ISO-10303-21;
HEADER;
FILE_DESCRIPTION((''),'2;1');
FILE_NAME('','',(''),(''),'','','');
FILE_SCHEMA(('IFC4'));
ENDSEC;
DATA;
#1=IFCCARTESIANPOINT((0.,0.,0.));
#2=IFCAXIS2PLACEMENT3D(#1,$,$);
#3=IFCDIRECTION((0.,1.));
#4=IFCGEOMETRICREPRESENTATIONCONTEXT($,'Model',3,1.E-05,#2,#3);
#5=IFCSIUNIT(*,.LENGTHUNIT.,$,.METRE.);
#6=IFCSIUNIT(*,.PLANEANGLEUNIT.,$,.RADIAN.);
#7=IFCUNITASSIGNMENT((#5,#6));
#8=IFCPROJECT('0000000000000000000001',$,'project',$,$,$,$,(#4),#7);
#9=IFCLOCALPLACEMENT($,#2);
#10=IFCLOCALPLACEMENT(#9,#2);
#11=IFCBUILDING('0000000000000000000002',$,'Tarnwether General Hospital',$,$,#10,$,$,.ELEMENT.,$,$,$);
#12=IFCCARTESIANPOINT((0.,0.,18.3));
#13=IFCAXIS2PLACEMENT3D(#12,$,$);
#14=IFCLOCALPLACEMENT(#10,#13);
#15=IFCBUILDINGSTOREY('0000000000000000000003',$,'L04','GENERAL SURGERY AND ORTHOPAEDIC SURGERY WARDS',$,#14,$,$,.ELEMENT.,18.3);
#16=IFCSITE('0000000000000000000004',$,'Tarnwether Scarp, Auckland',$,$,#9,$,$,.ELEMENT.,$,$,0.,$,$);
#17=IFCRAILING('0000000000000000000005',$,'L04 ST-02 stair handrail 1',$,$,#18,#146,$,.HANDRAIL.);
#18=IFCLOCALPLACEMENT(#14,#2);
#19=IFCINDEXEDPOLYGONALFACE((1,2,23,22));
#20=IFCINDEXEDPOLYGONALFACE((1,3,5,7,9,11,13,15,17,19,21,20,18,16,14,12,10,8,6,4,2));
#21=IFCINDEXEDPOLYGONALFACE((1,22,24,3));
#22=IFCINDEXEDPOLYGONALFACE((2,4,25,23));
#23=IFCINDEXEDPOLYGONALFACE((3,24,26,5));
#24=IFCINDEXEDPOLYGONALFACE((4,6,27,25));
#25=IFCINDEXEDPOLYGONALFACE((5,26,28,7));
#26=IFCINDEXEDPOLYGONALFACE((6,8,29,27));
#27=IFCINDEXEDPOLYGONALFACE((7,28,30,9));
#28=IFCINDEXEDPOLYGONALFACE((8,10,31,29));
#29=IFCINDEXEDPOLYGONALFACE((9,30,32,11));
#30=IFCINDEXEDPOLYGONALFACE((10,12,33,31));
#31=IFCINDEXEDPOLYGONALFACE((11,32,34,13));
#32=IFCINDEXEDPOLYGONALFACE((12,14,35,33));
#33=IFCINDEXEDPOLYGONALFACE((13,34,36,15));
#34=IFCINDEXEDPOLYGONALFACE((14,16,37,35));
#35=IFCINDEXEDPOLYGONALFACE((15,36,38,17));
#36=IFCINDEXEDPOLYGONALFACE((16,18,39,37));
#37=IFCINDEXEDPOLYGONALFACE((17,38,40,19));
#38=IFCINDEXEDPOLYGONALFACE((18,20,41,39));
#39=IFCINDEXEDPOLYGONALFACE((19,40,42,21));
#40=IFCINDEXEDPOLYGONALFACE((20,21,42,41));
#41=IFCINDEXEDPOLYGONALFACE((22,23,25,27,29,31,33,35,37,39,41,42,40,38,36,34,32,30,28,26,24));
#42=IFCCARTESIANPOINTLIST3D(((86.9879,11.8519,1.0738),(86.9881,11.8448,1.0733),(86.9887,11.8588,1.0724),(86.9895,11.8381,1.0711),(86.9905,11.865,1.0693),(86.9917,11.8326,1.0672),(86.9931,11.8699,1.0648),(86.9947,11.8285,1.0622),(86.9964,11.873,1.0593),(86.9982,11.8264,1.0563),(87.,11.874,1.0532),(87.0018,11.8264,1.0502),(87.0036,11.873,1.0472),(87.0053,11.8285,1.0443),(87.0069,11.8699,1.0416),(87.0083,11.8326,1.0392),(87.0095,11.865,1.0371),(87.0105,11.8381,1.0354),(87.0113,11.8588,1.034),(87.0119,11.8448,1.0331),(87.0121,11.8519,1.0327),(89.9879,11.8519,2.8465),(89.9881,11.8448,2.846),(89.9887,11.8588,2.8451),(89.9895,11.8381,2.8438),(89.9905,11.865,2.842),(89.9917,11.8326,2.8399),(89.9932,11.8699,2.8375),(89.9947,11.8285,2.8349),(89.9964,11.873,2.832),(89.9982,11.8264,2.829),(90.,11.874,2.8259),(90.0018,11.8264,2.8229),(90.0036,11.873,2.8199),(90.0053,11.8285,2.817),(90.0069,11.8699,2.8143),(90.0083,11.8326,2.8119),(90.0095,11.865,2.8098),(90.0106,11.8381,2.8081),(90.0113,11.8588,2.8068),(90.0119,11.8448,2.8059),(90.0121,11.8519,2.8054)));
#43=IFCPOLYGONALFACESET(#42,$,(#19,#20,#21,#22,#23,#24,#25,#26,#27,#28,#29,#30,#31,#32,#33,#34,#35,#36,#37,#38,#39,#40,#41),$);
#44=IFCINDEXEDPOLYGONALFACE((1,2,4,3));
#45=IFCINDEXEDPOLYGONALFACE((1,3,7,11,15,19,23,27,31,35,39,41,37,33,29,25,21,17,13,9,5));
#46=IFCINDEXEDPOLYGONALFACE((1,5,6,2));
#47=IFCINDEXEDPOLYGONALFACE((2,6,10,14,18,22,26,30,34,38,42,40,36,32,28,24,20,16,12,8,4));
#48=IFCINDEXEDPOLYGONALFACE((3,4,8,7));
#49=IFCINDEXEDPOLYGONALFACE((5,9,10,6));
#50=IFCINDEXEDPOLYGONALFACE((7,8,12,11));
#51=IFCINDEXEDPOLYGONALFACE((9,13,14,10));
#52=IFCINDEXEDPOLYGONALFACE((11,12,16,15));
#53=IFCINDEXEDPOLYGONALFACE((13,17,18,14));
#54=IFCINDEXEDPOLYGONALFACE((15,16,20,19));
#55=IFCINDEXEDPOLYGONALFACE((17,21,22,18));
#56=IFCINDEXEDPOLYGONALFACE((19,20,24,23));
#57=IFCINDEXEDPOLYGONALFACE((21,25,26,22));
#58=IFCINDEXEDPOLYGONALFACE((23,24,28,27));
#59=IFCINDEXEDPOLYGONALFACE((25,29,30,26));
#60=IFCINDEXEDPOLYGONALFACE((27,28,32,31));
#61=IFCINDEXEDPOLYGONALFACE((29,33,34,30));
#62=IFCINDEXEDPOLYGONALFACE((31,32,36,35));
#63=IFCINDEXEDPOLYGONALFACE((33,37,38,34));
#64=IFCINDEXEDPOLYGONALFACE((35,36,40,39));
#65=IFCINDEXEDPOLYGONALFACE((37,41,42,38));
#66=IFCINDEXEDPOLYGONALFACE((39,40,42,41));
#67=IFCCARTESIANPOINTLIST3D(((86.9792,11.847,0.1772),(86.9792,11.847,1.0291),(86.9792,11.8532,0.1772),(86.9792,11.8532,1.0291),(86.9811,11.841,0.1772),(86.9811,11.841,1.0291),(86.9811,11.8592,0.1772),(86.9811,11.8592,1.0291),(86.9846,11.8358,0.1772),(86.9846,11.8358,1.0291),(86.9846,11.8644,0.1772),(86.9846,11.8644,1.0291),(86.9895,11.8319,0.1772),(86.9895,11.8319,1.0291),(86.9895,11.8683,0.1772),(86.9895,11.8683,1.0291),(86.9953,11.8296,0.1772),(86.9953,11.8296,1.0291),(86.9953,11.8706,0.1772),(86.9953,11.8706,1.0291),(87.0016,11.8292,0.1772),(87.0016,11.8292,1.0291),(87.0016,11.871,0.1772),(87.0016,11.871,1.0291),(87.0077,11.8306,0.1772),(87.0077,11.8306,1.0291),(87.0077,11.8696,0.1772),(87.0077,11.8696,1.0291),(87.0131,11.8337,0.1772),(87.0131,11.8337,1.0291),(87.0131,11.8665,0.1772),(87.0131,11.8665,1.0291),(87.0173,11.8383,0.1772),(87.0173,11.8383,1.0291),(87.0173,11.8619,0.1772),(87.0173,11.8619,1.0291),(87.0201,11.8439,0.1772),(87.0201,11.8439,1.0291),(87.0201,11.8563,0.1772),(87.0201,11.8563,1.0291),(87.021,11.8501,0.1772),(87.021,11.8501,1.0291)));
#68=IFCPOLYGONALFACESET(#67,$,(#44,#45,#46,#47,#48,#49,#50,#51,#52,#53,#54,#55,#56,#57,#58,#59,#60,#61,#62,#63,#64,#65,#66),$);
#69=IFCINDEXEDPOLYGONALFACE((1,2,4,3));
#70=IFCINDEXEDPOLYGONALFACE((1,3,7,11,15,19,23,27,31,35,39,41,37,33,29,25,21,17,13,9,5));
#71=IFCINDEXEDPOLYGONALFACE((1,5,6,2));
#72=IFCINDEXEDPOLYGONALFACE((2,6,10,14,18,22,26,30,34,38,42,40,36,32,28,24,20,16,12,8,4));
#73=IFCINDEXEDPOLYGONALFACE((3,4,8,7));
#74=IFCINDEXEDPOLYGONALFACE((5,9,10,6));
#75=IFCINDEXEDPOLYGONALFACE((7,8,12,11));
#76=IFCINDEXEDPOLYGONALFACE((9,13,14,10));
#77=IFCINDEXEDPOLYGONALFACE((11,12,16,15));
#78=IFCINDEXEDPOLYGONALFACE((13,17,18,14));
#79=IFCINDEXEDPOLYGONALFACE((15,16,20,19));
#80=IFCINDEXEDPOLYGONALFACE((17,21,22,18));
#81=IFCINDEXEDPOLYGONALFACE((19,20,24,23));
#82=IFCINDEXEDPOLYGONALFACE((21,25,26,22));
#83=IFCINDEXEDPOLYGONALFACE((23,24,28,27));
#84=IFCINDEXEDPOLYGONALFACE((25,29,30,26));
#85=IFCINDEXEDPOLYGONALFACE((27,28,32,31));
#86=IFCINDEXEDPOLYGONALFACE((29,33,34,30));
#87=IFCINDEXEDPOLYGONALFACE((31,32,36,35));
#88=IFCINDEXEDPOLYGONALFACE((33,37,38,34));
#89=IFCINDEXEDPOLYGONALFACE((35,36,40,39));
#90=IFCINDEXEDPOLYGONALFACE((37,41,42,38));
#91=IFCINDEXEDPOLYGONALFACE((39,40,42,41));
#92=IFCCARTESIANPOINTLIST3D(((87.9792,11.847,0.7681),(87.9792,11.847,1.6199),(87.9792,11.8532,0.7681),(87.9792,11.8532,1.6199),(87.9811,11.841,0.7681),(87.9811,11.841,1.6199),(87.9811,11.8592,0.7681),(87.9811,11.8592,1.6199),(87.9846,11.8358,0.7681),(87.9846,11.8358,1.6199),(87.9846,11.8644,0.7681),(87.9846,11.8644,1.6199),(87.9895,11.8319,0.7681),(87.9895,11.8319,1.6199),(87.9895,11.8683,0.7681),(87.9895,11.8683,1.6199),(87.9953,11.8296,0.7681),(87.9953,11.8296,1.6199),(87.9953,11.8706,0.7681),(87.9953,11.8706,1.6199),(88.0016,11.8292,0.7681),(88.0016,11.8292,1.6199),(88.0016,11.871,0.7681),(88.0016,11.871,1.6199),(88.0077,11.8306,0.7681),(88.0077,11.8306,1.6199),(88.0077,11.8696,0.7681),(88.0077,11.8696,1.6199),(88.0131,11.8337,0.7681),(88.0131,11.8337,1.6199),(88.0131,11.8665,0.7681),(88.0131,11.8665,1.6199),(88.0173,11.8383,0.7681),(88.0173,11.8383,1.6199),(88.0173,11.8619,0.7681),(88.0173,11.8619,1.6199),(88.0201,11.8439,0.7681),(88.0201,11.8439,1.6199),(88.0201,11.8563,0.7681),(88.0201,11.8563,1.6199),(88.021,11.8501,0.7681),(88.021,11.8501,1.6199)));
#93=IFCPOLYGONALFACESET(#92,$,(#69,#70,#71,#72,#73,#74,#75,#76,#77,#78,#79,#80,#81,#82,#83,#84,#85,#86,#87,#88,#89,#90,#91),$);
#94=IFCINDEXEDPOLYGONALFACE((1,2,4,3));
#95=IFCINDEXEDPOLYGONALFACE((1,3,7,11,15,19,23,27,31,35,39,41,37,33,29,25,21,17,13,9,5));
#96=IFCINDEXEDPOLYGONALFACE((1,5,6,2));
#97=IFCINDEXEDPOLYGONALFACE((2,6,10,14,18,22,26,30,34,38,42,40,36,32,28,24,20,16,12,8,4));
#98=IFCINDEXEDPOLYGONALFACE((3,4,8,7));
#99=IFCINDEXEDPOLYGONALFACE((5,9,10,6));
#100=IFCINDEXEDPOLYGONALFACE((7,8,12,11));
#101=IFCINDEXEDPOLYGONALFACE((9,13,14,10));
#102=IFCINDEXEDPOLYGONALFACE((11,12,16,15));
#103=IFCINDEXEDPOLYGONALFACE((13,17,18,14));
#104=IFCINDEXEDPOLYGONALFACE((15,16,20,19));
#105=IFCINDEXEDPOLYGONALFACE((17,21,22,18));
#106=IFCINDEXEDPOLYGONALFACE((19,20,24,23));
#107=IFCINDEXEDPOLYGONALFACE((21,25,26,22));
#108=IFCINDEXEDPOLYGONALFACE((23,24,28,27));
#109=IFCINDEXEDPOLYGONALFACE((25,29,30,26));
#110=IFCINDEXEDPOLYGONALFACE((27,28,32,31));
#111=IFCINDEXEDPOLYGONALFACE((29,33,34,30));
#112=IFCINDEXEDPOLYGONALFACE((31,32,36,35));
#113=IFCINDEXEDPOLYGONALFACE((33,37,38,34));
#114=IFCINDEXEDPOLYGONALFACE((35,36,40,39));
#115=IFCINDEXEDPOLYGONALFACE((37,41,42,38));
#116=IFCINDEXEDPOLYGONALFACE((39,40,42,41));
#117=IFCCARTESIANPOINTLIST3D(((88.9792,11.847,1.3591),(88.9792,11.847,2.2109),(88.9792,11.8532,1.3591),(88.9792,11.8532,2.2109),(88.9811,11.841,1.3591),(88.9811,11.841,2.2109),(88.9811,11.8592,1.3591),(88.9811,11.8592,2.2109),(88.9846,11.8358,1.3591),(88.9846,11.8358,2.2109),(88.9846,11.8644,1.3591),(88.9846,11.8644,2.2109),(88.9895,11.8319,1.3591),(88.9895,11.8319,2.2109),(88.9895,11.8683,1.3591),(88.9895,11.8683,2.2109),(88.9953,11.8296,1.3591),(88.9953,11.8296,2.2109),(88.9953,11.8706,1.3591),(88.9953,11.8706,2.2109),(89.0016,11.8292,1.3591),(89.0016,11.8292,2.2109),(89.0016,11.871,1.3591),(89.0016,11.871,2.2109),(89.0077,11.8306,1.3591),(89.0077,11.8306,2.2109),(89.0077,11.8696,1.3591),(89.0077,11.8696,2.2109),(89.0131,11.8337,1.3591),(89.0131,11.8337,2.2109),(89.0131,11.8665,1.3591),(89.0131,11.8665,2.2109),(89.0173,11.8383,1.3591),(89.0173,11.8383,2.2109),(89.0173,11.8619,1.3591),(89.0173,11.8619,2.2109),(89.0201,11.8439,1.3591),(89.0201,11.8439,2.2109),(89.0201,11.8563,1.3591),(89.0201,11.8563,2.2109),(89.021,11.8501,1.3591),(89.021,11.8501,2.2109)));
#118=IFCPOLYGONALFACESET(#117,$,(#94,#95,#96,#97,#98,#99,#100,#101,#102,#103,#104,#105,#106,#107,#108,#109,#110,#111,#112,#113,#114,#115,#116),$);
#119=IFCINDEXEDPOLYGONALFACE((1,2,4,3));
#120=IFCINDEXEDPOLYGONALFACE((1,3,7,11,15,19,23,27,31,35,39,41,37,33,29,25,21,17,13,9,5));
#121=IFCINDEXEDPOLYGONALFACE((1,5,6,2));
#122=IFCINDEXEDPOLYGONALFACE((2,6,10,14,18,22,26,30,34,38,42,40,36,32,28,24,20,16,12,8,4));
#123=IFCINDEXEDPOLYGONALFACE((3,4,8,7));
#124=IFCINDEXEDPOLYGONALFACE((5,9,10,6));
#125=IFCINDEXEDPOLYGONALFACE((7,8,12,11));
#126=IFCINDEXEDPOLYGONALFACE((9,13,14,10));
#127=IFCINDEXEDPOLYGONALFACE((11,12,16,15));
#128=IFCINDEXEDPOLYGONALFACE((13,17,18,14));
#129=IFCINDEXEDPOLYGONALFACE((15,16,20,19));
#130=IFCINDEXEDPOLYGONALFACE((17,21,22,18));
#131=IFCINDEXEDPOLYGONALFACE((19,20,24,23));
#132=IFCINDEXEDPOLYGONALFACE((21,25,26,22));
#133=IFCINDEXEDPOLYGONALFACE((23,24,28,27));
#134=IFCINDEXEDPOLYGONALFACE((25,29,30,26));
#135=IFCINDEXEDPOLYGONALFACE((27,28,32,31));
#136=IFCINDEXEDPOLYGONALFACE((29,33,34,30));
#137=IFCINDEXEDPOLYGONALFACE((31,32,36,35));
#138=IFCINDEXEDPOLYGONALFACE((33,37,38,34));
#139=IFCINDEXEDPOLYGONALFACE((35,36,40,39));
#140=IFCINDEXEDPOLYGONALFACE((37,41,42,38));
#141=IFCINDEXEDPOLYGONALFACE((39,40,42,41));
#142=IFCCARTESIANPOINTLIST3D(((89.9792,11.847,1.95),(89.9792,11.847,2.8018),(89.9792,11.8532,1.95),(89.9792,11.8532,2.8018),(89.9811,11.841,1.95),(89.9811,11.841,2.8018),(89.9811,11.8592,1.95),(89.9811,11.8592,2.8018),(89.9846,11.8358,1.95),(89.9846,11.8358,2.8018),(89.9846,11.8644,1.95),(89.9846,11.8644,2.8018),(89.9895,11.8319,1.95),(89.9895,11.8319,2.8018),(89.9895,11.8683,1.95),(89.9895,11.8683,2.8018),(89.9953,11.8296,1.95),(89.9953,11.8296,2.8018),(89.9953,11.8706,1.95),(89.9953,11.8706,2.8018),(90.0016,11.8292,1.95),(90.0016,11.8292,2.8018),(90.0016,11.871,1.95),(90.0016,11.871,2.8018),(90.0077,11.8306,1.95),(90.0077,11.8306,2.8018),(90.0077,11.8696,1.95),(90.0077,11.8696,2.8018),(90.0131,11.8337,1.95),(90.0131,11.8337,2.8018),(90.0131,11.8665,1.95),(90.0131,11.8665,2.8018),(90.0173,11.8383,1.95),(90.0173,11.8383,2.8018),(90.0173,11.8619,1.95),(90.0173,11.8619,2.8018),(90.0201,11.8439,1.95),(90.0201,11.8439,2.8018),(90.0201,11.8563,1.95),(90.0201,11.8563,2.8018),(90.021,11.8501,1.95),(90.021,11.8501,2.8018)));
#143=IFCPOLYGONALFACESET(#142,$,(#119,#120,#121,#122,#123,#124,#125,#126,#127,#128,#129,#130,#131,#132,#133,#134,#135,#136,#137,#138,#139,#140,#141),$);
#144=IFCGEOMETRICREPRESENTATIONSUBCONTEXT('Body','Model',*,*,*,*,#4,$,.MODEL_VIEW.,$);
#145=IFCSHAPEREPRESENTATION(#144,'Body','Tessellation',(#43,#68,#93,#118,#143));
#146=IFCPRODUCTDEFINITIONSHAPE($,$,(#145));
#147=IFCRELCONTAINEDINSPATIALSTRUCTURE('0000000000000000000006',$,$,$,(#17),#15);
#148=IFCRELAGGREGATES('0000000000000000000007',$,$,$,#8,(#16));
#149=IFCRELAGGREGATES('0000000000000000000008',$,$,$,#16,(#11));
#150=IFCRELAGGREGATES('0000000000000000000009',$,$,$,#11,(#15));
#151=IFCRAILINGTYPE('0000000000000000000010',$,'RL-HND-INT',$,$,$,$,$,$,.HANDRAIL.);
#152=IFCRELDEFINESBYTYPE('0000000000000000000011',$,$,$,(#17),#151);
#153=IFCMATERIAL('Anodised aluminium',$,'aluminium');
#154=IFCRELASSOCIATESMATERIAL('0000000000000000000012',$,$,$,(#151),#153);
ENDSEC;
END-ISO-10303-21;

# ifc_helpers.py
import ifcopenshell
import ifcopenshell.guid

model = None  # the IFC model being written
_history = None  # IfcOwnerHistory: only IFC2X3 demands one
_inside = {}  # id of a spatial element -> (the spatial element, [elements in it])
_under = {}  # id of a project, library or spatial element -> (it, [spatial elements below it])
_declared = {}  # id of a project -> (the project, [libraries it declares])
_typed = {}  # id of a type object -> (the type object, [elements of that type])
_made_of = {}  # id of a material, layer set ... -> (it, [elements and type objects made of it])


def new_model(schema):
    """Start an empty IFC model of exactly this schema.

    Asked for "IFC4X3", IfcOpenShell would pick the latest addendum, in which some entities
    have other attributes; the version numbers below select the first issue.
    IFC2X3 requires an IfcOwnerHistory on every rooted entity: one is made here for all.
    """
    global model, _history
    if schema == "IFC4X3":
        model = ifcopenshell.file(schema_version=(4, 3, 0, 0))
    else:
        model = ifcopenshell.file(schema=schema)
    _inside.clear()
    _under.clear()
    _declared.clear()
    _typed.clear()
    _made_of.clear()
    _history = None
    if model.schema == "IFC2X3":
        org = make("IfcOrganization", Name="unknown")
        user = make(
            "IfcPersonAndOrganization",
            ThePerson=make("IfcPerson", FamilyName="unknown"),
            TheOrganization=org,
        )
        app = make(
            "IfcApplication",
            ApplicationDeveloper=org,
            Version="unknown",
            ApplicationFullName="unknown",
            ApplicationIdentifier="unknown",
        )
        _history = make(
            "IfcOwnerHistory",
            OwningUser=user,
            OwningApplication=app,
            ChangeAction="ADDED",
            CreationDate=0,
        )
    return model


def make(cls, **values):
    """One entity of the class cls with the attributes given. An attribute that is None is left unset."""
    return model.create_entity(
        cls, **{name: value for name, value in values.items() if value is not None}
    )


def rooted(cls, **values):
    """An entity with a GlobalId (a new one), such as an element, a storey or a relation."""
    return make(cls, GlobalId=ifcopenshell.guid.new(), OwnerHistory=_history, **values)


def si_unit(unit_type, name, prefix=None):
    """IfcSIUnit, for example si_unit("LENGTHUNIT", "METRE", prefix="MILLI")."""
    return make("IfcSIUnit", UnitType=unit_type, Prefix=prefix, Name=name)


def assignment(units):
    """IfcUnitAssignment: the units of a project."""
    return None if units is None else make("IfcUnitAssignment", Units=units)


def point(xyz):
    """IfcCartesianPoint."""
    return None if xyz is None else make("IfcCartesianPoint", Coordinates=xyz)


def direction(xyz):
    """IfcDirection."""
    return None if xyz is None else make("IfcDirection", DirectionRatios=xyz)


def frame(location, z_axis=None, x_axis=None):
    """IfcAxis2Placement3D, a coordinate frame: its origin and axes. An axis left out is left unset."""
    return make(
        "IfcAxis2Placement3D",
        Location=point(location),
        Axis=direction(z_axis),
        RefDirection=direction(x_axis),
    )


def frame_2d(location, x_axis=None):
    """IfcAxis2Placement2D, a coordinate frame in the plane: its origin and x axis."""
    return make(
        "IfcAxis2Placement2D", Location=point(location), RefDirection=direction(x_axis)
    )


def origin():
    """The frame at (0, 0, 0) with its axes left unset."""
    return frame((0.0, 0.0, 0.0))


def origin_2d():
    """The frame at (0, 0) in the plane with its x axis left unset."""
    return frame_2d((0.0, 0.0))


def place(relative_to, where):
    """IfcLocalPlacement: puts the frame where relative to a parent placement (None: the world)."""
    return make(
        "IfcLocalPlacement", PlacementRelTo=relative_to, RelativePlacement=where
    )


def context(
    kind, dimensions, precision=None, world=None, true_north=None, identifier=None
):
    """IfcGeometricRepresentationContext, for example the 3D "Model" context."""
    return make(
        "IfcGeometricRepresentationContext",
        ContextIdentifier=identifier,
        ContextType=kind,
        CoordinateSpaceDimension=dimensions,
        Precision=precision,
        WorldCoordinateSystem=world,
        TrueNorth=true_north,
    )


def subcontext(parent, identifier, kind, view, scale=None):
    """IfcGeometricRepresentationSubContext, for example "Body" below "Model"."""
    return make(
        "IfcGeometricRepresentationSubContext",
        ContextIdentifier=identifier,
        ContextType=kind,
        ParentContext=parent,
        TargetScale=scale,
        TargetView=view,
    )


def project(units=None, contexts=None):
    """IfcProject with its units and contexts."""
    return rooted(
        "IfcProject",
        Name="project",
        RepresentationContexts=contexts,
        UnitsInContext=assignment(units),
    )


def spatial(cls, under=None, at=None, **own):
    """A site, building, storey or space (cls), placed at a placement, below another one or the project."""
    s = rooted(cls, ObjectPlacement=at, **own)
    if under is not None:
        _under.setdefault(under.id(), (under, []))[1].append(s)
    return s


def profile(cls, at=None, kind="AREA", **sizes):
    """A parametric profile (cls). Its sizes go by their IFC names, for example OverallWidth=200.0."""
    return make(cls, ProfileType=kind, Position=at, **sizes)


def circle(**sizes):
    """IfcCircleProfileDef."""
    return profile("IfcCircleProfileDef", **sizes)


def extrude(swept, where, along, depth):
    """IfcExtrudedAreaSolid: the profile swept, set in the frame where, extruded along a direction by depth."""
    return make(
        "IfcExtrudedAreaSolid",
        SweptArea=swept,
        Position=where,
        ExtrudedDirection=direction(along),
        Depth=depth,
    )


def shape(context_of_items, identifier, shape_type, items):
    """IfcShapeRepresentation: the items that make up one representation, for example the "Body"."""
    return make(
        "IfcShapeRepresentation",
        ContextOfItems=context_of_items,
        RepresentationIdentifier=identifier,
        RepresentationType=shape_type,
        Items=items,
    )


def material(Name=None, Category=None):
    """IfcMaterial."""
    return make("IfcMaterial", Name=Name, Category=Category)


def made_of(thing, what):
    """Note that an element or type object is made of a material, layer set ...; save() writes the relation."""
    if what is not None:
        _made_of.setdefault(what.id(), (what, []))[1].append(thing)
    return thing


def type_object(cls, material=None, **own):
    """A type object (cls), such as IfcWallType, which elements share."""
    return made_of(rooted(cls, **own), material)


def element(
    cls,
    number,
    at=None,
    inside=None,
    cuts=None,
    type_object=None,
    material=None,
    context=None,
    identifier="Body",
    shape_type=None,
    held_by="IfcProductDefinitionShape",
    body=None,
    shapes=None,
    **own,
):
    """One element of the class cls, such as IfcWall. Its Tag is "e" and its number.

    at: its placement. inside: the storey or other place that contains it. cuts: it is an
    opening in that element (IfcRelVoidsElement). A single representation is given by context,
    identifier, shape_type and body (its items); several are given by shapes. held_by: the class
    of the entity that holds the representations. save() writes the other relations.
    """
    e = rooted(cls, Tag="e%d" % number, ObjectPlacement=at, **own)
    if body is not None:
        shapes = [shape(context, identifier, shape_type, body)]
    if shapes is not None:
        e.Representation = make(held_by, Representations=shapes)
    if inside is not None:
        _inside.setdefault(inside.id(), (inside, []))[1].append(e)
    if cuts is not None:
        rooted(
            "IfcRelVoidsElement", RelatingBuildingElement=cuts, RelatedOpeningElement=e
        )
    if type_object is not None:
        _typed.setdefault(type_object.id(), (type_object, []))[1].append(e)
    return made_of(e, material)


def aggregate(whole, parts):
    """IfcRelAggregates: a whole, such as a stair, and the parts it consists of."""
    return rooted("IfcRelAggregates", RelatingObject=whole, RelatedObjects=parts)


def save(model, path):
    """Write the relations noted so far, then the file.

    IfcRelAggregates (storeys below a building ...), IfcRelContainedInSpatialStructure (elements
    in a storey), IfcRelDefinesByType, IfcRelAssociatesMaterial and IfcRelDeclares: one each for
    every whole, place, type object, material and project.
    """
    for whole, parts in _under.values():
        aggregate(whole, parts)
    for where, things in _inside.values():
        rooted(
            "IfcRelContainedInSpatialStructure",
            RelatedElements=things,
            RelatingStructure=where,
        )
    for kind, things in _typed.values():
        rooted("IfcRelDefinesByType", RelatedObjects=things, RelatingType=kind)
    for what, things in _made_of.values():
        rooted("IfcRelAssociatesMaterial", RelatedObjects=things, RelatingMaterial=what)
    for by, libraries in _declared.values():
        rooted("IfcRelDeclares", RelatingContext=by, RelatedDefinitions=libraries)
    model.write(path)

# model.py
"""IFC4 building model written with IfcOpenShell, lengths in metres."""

from ifc_helpers import new_model, si_unit, direction, frame, origin, origin_2d, place, context, subcontext, project, spatial, circle, extrude, material, type_object, element, save


model = new_model("IFC4")

# Units and contexts
model_context = context("Model", 3, precision=1e-05, world=origin(), true_north=direction((0.0, 1.0)))
body_context = subcontext(model_context, "Body", "Model", "MODEL_VIEW")
ifc_project = project(units=[si_unit("LENGTHUNIT", "METRE"), si_unit("PLANEANGLEUNIT", "RADIAN")], contexts=[model_context])

# Site, building, storey
site_placement = place(None, origin())
site = spatial("IfcSite", under=ifc_project, at=site_placement, Name="Tarnwether Scarp, Auckland", CompositionType="ELEMENT", RefElevation=0.0)
building_placement = place(site_placement, origin())
building = spatial("IfcBuilding", under=site, at=building_placement, Name="Tarnwether General Hospital", CompositionType="ELEMENT")
storey_placement = place(building_placement, frame((0.0, 0.0, 18.3)))
storey = spatial("IfcBuildingStorey", under=building, at=storey_placement, Name="L04", Description="GENERAL SURGERY AND ORTHOPAEDIC SURGERY WARDS", CompositionType="ELEMENT", Elevation=18.3)

# Railing
ifc_material_1 = material(Name="Anodised aluminium", Category="aluminium")
railing_type_1 = type_object("IfcRailingType", Name="RL-HND-INT", PredefinedType="HANDRAIL", material=ifc_material_1)
railing_1_placement = place(storey_placement, frame((87.0, 11.8501, 0.1772)))
element("IfcRailing", 1, at=railing_1_placement, inside=storey, type_object=railing_type_1, Name="L04 ST-02 stair handrail 1", PredefinedType="HANDRAIL", context=body_context, shape_type="SweptSolid", body=[
    extrude(circle(Radius=0.0239, at=origin_2d()), frame((0.0, 0.0, 0.876), z_axis=(0.860929, 0.0, 0.508725), x_axis=(0.0, 1.0, 0.0)), (0.0, 0.0, 1.0), 3.4846),
    extrude(circle(Radius=0.021, at=origin_2d()), origin(), (0.0, 0.0, 1.0), 0.8518),
    extrude(circle(Radius=0.021, at=origin_2d()), frame((1.0, 0.0, 0.5908)), (0.0, 0.0, 1.0), 0.8518),
    extrude(circle(Radius=0.021, at=origin_2d()), frame((2.0, 0.0, 1.1819)), (0.0, 0.0, 1.0), 0.8518),
    extrude(circle(Radius=0.021, at=origin_2d()), frame((3.0, 0.0, 1.7727)), (0.0, 0.0, 1.0), 0.8518),
])

save(model, "model.ifc")
